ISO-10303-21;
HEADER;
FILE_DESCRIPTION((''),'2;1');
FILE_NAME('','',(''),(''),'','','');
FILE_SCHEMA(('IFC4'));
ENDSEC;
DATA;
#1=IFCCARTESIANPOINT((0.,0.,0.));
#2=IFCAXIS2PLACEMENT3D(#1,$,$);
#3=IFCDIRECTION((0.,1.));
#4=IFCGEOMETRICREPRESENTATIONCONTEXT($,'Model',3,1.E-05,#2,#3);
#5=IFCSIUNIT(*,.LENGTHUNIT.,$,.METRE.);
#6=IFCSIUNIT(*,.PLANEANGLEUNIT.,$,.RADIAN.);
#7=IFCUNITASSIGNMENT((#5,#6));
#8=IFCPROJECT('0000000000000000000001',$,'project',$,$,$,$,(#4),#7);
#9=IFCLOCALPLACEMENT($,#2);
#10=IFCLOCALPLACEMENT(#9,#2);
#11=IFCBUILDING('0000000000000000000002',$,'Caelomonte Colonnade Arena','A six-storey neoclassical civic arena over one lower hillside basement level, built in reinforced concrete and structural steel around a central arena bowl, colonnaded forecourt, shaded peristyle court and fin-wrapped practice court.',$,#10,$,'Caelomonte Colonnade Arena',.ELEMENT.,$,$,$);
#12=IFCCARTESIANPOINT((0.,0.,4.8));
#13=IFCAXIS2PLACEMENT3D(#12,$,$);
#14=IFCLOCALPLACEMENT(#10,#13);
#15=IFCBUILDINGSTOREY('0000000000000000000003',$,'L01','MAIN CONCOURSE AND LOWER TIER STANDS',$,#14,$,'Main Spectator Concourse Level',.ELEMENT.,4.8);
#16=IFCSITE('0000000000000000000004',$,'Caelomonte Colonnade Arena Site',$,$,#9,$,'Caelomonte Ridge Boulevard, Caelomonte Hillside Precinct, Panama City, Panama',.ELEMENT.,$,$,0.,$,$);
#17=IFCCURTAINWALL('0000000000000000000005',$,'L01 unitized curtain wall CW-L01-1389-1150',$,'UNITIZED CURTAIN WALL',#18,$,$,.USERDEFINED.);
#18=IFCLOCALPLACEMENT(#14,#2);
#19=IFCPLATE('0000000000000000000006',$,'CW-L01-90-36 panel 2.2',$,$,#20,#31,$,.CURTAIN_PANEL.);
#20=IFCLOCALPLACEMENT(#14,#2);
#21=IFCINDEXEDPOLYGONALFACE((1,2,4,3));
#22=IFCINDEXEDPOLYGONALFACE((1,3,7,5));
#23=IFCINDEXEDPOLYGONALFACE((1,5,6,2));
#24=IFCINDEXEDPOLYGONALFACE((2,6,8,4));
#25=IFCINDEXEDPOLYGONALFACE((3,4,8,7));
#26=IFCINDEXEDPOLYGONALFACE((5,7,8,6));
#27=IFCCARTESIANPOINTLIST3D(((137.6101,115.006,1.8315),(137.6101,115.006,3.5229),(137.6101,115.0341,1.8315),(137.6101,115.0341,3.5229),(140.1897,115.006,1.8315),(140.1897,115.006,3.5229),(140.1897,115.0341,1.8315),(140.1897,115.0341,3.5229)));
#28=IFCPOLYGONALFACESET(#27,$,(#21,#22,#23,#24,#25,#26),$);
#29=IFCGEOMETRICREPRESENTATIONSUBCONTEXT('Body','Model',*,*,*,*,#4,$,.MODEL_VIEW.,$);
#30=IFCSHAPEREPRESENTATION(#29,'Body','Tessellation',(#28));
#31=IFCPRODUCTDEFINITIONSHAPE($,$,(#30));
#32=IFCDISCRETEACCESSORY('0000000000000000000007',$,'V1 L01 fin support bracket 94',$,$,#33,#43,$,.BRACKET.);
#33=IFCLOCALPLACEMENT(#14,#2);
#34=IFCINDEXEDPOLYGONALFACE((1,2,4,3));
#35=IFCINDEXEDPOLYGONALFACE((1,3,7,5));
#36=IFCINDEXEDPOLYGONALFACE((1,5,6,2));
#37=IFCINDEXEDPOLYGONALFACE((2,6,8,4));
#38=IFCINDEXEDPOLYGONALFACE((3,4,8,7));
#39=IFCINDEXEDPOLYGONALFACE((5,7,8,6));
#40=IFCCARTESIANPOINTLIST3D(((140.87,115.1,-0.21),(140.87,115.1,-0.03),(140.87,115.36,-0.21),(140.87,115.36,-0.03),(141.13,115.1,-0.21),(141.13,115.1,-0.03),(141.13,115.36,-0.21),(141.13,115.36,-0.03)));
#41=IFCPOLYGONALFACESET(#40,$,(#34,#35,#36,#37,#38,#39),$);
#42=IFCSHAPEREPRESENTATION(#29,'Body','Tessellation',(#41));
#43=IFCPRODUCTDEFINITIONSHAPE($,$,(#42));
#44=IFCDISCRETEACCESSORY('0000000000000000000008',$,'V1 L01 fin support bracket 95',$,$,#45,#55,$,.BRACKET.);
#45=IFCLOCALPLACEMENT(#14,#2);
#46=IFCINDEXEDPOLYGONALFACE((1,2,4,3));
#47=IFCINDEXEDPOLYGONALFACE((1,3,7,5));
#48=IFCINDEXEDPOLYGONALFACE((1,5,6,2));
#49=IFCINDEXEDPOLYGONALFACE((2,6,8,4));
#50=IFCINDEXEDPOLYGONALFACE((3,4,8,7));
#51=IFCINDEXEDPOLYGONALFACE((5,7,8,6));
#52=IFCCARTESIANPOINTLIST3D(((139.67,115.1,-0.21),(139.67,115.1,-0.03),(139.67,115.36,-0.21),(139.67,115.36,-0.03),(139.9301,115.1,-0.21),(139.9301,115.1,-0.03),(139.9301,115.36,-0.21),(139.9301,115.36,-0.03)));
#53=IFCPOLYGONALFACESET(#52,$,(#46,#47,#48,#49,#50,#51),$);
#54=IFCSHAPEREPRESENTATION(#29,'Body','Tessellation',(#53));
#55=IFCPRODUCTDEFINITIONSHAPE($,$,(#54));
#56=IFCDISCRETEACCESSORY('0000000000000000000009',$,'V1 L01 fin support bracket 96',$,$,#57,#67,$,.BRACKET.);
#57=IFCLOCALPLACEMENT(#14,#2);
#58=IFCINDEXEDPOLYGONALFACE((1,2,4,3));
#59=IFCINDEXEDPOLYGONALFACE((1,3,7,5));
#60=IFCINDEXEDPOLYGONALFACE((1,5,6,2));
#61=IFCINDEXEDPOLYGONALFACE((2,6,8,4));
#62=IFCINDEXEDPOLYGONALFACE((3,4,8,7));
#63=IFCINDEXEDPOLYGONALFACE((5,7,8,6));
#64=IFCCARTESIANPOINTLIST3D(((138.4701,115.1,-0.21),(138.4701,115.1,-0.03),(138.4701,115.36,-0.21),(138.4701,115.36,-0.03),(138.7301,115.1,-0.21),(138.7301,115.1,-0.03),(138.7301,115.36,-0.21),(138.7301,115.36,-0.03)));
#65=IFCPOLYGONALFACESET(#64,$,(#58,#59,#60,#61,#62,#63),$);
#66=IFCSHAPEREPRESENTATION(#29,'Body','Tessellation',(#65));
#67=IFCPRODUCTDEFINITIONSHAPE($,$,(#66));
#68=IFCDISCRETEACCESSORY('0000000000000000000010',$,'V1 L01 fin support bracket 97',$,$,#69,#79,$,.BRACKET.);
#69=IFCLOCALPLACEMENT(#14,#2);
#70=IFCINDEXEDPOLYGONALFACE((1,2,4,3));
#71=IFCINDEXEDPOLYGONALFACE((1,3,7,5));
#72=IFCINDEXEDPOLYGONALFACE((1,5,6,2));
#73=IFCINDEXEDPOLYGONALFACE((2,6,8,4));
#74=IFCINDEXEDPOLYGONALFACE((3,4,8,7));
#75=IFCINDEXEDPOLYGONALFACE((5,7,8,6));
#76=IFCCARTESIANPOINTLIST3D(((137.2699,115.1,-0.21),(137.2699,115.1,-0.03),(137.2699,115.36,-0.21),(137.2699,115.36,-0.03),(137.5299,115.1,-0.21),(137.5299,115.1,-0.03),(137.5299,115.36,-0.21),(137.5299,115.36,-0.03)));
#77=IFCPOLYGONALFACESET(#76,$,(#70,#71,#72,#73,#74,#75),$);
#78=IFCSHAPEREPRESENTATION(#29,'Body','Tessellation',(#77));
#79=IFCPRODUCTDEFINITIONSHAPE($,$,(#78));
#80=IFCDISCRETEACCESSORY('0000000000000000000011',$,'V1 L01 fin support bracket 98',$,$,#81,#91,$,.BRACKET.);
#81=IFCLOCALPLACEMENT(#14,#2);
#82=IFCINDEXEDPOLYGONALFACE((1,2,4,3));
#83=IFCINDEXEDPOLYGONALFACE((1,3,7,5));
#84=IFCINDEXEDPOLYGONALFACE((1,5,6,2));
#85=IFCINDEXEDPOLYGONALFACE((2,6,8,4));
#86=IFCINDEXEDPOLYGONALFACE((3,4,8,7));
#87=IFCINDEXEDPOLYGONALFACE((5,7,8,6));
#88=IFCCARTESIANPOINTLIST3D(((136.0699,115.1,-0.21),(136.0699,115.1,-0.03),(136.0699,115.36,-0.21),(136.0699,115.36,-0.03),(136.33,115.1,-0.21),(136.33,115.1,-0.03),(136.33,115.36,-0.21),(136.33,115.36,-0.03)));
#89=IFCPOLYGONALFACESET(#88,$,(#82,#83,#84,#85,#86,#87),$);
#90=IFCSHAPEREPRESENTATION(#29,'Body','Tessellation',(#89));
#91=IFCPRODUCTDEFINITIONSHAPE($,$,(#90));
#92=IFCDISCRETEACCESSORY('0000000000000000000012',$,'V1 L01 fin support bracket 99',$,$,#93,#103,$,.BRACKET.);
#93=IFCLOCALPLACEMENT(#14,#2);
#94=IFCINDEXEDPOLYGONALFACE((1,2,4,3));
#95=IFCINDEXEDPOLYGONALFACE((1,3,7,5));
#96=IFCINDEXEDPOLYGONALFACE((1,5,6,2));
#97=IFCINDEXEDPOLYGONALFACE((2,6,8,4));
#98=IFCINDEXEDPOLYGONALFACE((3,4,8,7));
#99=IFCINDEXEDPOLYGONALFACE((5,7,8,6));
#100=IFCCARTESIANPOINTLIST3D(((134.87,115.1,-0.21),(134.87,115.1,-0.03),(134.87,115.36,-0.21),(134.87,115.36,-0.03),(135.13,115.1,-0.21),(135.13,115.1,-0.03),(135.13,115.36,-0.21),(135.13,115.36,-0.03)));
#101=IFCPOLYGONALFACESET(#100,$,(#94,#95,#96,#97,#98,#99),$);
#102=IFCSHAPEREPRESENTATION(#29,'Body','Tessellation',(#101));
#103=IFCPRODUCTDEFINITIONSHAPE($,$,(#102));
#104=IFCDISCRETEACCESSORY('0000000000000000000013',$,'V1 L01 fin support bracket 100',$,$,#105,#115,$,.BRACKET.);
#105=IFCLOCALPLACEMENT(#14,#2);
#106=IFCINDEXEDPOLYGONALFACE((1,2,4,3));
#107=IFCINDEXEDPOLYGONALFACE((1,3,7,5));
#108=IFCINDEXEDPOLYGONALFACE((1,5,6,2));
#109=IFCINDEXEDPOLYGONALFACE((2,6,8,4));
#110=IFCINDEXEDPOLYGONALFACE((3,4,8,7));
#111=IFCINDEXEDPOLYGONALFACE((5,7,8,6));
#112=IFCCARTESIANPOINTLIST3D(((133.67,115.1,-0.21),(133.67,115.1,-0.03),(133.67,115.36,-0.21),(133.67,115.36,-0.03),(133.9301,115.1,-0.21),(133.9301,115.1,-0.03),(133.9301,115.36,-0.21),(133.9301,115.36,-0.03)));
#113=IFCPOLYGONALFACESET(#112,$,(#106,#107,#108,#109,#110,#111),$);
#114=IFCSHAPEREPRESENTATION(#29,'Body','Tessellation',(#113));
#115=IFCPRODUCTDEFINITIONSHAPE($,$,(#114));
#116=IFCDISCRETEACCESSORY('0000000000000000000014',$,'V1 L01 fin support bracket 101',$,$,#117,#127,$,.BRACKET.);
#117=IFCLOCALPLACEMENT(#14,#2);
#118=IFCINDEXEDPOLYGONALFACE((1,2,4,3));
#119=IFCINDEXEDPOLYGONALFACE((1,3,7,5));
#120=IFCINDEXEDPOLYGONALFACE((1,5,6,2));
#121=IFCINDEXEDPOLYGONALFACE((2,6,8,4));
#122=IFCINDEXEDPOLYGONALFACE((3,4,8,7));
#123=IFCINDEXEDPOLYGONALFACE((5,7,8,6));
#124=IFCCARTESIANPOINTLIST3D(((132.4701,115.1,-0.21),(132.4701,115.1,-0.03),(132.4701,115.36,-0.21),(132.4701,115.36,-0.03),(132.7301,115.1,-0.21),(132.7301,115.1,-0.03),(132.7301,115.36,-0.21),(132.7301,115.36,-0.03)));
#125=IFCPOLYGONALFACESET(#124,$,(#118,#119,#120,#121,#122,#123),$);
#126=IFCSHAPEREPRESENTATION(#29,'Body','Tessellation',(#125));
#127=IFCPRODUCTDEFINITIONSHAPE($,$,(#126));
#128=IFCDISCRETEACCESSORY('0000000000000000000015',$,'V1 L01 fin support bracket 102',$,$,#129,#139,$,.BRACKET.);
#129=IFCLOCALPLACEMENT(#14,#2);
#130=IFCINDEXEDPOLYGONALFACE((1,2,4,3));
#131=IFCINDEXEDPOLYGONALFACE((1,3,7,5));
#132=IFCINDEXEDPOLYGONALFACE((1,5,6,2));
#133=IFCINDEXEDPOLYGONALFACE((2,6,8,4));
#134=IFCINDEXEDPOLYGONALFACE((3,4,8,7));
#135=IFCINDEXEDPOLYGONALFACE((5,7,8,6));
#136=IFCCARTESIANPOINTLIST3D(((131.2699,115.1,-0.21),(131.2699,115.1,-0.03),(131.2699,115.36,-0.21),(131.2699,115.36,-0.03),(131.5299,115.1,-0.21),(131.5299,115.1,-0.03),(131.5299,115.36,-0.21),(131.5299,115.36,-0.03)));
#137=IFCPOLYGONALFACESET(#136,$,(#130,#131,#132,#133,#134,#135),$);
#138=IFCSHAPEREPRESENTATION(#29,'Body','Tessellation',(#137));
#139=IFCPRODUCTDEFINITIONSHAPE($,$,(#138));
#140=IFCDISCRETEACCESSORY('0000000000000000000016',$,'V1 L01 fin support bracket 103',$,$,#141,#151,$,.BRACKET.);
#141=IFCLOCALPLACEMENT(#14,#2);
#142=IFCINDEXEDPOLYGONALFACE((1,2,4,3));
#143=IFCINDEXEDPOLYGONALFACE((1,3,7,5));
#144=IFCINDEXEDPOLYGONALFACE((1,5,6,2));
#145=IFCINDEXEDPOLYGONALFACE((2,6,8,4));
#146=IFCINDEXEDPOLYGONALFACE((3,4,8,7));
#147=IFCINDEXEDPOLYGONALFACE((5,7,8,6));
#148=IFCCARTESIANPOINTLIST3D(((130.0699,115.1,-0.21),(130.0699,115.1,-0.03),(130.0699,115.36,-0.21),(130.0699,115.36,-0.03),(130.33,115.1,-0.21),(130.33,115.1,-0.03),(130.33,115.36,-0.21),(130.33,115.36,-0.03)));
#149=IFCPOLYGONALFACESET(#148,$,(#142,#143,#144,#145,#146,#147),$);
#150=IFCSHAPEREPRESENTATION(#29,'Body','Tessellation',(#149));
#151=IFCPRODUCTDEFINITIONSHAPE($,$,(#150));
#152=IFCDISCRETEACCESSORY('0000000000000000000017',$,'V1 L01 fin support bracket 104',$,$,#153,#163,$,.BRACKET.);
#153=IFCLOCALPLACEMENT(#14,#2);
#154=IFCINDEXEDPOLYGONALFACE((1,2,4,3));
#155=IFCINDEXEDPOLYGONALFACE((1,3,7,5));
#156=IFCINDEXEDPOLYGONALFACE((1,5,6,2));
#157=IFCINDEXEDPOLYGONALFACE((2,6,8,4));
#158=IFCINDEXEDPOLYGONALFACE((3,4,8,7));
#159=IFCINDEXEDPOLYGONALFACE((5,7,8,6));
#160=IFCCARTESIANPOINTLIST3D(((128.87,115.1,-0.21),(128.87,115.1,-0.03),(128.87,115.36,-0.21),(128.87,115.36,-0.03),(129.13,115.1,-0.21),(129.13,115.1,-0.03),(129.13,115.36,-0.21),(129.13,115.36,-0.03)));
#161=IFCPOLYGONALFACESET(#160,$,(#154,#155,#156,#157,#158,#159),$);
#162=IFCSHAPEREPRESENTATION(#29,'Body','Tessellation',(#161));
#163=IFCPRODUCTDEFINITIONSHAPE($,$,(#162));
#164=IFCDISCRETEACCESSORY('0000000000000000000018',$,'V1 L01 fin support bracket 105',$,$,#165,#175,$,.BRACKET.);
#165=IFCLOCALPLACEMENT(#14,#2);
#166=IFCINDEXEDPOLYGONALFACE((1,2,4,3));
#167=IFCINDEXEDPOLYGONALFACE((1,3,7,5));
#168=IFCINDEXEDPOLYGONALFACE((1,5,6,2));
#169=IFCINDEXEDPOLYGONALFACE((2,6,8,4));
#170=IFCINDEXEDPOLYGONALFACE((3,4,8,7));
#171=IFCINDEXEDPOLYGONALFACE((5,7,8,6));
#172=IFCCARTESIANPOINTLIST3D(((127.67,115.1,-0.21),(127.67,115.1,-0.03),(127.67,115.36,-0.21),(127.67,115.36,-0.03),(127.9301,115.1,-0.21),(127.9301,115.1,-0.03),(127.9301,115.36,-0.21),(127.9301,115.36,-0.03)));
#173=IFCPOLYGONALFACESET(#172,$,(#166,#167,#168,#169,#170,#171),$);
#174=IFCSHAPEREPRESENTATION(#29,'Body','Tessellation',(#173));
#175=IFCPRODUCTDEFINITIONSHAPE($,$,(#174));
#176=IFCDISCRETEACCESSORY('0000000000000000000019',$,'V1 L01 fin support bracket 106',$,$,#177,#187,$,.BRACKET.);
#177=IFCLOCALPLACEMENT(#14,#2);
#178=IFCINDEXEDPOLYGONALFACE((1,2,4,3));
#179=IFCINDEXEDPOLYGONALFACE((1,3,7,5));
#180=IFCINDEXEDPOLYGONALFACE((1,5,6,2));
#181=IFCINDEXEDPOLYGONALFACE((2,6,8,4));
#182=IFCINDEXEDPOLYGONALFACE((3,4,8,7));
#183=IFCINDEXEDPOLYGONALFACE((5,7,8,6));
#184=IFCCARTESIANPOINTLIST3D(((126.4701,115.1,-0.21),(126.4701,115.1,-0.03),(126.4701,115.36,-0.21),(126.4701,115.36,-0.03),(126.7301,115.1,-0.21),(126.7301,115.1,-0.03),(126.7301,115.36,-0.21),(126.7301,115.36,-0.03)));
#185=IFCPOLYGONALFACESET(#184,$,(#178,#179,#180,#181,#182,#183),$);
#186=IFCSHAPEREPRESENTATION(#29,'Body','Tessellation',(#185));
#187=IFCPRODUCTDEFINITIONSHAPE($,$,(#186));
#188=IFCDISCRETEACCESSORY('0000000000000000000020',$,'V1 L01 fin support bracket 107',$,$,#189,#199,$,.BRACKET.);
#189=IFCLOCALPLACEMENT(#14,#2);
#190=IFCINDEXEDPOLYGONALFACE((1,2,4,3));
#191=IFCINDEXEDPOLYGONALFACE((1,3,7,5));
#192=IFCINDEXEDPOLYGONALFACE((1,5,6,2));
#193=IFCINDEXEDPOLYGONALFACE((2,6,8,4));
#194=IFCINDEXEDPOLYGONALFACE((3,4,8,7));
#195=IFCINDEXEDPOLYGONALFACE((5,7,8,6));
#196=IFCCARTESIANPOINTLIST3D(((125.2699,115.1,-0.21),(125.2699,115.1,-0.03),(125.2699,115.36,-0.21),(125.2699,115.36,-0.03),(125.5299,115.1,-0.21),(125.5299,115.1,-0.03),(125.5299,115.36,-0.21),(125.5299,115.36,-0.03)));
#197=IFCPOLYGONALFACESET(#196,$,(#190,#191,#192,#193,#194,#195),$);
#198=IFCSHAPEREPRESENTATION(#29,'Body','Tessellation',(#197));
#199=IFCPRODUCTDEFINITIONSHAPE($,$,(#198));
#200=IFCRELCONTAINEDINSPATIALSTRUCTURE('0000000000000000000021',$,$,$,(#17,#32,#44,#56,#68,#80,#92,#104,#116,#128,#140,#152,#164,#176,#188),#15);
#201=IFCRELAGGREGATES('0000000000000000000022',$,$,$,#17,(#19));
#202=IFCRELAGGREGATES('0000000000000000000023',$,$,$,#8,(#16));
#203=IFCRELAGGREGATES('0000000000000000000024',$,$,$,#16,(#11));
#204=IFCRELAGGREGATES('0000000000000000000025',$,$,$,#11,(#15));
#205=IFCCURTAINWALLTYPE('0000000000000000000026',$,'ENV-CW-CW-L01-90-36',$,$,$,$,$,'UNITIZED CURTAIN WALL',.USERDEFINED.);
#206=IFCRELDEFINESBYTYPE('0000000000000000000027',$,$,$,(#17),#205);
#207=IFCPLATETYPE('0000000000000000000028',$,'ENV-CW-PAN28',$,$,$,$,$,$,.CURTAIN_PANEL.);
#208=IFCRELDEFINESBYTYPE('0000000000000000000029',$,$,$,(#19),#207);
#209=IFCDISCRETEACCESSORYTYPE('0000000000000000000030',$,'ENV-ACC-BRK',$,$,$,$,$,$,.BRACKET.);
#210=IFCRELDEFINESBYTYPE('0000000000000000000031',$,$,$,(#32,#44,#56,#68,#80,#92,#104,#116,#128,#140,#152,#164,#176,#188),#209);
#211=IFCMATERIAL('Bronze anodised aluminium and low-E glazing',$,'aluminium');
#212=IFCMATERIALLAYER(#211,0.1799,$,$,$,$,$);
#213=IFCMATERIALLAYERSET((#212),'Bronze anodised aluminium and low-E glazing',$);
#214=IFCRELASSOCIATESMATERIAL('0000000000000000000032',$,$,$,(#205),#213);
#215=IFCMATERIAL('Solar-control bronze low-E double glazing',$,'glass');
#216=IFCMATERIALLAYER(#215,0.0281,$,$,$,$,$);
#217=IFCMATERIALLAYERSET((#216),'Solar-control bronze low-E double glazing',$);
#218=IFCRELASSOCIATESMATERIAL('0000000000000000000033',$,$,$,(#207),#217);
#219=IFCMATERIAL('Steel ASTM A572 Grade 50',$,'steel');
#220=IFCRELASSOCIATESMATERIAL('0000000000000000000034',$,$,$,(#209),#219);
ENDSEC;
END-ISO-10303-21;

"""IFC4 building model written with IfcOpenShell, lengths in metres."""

from ifc_helpers import new_model, si_unit, direction, frame, origin, origin_2d, place, context, subcontext, project, spatial, rectangle, extrude, material, layer, layer_set, type_object, element, aggregate, save


model = new_model("IFC4")

# Units and contexts
model_context = context("Model", 3, precision=1e-05, world=origin(), true_north=direction((0.0, 1.0)))
body_context = subcontext(model_context, "Body", "Model", "MODEL_VIEW")
ifc_project = project(units=[si_unit("LENGTHUNIT", "METRE"), si_unit("PLANEANGLEUNIT", "RADIAN")], contexts=[model_context])

# Site, building, storey
site_placement = place(None, origin())
site = spatial("IfcSite", under=ifc_project, at=site_placement, Name="Caelomonte Colonnade Arena Site", LongName="Caelomonte Ridge Boulevard, Caelomonte Hillside Precinct, Panama City, Panama", CompositionType="ELEMENT", RefElevation=0.0)
building_placement = place(site_placement, origin())
building = spatial("IfcBuilding", under=site, at=building_placement, Name="Caelomonte Colonnade Arena", Description="A six-storey neoclassical civic arena over one lower hillside basement level, built in reinforced concrete and structural steel around a central arena bowl, colonnaded forecourt, shaded peristyle court and fin-wrapped practice court.", LongName="Caelomonte Colonnade Arena", CompositionType="ELEMENT")
storey_placement = place(building_placement, frame((0.0, 0.0, 4.8)))
storey = spatial("IfcBuildingStorey", under=building, at=storey_placement, Name="L01", Description="MAIN CONCOURSE AND LOWER TIER STANDS", LongName="Main Spectator Concourse Level", CompositionType="ELEMENT", Elevation=4.8)

# Curtain wall
ifc_material_1 = material(Name="Bronze anodised aluminium and low-E glazing", Category="aluminium")
ifc_layer_1 = layer(ifc_material_1, 0.1799)
ifc_layer_set_1 = layer_set([ifc_layer_1], Name="Bronze anodised aluminium and low-E glazing")
curtain_wall_type = type_object("IfcCurtainWallType", Name="ENV-CW-CW-L01-90-36", ElementType="UNITIZED CURTAIN WALL", PredefinedType="USERDEFINED", material=ifc_layer_set_1)
curtain_wall_placement = place(storey_placement, origin())
curtain_wall = element("IfcCurtainWall", 1, at=curtain_wall_placement, inside=storey, type_object=curtain_wall_type, Name="L01 unitized curtain wall CW-L01-1389-1150", ObjectType="UNITIZED CURTAIN WALL", PredefinedType="USERDEFINED")

# Plate
ifc_material_2 = material(Name="Solar-control bronze low-E double glazing", Category="glass")
ifc_layer_2 = layer(ifc_material_2, 0.0281)
ifc_layer_set_2 = layer_set([ifc_layer_2], Name="Solar-control bronze low-E double glazing")
plate_type = type_object("IfcPlateType", Name="ENV-CW-PAN28", PredefinedType="CURTAIN_PANEL", material=ifc_layer_set_2)
plate_1_placement = place(storey_placement, frame((138.8999, 115.02, 1.8315), z_axis=(0.0, 0.0, 1.0), x_axis=(-1.0, 0.0, 0.0)))
plate_1 = element("IfcPlate", 2, at=plate_1_placement, type_object=plate_type, Name="CW-L01-90-36 panel 2.2", PredefinedType="CURTAIN_PANEL", context=body_context, shape_type="SweptSolid", body=[
    extrude(rectangle(XDim=2.5796, YDim=0.0281, at=origin_2d()), origin(), (0.0, 0.0, 1.0), 1.6914),
])
aggregate(curtain_wall, [plate_1])

# Discrete accessories
ifc_material_3 = material(Name="Steel ASTM A572 Grade 50", Category="steel")
discrete_accessory_type = type_object("IfcDiscreteAccessoryType", Name="ENV-ACC-BRK", PredefinedType="BRACKET", material=ifc_material_3)
for number, where, z_axis, x_axis, name in (
    (3, (141.0, 115.23, -0.21), (0.0, 0.0, 1.0), (-1.0, 0.0, 0.0), "V1 L01 fin support bracket 94"),
    (4, (139.8, 115.23, -0.21), (0.0, 0.0, 1.0), (-1.0, 0.0, 0.0), "V1 L01 fin support bracket 95"),
    (5, (138.6001, 115.23, -0.21), (0.0, 0.0, 1.0), (-1.0, 0.0, 0.0), "V1 L01 fin support bracket 96"),
    (6, (137.3999, 115.23, -0.21), (0.0, 0.0, 1.0), (-1.0, 0.0, 0.0), "V1 L01 fin support bracket 97"),
    (7, (136.2, 115.23, -0.21), (0.0, 0.0, 1.0), (-1.0, 0.0, 0.0), "V1 L01 fin support bracket 98"),
    (8, (135.0, 115.23, -0.21), (0.0, 0.0, 1.0), (-1.0, 0.0, 0.0), "V1 L01 fin support bracket 99"),
    (9, (133.8, 115.23, -0.21), (0.0, 0.0, 1.0), (-1.0, 0.0, 0.0), "V1 L01 fin support bracket 100"),
    (10, (132.6001, 115.23, -0.21), (0.0, 0.0, 1.0), (-1.0, 0.0, 0.0), "V1 L01 fin support bracket 101"),
    (11, (131.3999, 115.23, -0.21), (0.0, 0.0, 1.0), (-1.0, 0.0, 0.0), "V1 L01 fin support bracket 102"),
    (12, (130.2, 115.23, -0.21), (0.0, 0.0, 1.0), (-1.0, 0.0, 0.0), "V1 L01 fin support bracket 103"),
    (13, (129.0, 115.23, -0.21), (0.0, 0.0, 1.0), (-1.0, 0.0, 0.0), "V1 L01 fin support bracket 104"),
    (14, (127.8, 115.23, -0.21), (0.0, 0.0, 1.0), (-1.0, 0.0, 0.0), "V1 L01 fin support bracket 105"),
    (15, (126.6001, 115.23, -0.21), (0.0, 0.0, 1.0), (-1.0, 0.0, 0.0), "V1 L01 fin support bracket 106"),
    (16, (125.3999, 115.23, -0.21), (0.0, 0.0, 1.0), (-1.0, 0.0, 0.0), "V1 L01 fin support bracket 107"),
):
    element("IfcDiscreteAccessory", number, at=place(storey_placement, frame(where, z_axis=z_axis, x_axis=x_axis)), inside=storey, type_object=discrete_accessory_type, Name=name, PredefinedType="BRACKET", context=body_context, shape_type="SweptSolid", body=[
        extrude(rectangle(XDim=0.26, YDim=0.26, at=origin_2d()), origin(), (0.0, 0.0, 1.0), 0.1799),
    ])

save(model, "model.ifc")
